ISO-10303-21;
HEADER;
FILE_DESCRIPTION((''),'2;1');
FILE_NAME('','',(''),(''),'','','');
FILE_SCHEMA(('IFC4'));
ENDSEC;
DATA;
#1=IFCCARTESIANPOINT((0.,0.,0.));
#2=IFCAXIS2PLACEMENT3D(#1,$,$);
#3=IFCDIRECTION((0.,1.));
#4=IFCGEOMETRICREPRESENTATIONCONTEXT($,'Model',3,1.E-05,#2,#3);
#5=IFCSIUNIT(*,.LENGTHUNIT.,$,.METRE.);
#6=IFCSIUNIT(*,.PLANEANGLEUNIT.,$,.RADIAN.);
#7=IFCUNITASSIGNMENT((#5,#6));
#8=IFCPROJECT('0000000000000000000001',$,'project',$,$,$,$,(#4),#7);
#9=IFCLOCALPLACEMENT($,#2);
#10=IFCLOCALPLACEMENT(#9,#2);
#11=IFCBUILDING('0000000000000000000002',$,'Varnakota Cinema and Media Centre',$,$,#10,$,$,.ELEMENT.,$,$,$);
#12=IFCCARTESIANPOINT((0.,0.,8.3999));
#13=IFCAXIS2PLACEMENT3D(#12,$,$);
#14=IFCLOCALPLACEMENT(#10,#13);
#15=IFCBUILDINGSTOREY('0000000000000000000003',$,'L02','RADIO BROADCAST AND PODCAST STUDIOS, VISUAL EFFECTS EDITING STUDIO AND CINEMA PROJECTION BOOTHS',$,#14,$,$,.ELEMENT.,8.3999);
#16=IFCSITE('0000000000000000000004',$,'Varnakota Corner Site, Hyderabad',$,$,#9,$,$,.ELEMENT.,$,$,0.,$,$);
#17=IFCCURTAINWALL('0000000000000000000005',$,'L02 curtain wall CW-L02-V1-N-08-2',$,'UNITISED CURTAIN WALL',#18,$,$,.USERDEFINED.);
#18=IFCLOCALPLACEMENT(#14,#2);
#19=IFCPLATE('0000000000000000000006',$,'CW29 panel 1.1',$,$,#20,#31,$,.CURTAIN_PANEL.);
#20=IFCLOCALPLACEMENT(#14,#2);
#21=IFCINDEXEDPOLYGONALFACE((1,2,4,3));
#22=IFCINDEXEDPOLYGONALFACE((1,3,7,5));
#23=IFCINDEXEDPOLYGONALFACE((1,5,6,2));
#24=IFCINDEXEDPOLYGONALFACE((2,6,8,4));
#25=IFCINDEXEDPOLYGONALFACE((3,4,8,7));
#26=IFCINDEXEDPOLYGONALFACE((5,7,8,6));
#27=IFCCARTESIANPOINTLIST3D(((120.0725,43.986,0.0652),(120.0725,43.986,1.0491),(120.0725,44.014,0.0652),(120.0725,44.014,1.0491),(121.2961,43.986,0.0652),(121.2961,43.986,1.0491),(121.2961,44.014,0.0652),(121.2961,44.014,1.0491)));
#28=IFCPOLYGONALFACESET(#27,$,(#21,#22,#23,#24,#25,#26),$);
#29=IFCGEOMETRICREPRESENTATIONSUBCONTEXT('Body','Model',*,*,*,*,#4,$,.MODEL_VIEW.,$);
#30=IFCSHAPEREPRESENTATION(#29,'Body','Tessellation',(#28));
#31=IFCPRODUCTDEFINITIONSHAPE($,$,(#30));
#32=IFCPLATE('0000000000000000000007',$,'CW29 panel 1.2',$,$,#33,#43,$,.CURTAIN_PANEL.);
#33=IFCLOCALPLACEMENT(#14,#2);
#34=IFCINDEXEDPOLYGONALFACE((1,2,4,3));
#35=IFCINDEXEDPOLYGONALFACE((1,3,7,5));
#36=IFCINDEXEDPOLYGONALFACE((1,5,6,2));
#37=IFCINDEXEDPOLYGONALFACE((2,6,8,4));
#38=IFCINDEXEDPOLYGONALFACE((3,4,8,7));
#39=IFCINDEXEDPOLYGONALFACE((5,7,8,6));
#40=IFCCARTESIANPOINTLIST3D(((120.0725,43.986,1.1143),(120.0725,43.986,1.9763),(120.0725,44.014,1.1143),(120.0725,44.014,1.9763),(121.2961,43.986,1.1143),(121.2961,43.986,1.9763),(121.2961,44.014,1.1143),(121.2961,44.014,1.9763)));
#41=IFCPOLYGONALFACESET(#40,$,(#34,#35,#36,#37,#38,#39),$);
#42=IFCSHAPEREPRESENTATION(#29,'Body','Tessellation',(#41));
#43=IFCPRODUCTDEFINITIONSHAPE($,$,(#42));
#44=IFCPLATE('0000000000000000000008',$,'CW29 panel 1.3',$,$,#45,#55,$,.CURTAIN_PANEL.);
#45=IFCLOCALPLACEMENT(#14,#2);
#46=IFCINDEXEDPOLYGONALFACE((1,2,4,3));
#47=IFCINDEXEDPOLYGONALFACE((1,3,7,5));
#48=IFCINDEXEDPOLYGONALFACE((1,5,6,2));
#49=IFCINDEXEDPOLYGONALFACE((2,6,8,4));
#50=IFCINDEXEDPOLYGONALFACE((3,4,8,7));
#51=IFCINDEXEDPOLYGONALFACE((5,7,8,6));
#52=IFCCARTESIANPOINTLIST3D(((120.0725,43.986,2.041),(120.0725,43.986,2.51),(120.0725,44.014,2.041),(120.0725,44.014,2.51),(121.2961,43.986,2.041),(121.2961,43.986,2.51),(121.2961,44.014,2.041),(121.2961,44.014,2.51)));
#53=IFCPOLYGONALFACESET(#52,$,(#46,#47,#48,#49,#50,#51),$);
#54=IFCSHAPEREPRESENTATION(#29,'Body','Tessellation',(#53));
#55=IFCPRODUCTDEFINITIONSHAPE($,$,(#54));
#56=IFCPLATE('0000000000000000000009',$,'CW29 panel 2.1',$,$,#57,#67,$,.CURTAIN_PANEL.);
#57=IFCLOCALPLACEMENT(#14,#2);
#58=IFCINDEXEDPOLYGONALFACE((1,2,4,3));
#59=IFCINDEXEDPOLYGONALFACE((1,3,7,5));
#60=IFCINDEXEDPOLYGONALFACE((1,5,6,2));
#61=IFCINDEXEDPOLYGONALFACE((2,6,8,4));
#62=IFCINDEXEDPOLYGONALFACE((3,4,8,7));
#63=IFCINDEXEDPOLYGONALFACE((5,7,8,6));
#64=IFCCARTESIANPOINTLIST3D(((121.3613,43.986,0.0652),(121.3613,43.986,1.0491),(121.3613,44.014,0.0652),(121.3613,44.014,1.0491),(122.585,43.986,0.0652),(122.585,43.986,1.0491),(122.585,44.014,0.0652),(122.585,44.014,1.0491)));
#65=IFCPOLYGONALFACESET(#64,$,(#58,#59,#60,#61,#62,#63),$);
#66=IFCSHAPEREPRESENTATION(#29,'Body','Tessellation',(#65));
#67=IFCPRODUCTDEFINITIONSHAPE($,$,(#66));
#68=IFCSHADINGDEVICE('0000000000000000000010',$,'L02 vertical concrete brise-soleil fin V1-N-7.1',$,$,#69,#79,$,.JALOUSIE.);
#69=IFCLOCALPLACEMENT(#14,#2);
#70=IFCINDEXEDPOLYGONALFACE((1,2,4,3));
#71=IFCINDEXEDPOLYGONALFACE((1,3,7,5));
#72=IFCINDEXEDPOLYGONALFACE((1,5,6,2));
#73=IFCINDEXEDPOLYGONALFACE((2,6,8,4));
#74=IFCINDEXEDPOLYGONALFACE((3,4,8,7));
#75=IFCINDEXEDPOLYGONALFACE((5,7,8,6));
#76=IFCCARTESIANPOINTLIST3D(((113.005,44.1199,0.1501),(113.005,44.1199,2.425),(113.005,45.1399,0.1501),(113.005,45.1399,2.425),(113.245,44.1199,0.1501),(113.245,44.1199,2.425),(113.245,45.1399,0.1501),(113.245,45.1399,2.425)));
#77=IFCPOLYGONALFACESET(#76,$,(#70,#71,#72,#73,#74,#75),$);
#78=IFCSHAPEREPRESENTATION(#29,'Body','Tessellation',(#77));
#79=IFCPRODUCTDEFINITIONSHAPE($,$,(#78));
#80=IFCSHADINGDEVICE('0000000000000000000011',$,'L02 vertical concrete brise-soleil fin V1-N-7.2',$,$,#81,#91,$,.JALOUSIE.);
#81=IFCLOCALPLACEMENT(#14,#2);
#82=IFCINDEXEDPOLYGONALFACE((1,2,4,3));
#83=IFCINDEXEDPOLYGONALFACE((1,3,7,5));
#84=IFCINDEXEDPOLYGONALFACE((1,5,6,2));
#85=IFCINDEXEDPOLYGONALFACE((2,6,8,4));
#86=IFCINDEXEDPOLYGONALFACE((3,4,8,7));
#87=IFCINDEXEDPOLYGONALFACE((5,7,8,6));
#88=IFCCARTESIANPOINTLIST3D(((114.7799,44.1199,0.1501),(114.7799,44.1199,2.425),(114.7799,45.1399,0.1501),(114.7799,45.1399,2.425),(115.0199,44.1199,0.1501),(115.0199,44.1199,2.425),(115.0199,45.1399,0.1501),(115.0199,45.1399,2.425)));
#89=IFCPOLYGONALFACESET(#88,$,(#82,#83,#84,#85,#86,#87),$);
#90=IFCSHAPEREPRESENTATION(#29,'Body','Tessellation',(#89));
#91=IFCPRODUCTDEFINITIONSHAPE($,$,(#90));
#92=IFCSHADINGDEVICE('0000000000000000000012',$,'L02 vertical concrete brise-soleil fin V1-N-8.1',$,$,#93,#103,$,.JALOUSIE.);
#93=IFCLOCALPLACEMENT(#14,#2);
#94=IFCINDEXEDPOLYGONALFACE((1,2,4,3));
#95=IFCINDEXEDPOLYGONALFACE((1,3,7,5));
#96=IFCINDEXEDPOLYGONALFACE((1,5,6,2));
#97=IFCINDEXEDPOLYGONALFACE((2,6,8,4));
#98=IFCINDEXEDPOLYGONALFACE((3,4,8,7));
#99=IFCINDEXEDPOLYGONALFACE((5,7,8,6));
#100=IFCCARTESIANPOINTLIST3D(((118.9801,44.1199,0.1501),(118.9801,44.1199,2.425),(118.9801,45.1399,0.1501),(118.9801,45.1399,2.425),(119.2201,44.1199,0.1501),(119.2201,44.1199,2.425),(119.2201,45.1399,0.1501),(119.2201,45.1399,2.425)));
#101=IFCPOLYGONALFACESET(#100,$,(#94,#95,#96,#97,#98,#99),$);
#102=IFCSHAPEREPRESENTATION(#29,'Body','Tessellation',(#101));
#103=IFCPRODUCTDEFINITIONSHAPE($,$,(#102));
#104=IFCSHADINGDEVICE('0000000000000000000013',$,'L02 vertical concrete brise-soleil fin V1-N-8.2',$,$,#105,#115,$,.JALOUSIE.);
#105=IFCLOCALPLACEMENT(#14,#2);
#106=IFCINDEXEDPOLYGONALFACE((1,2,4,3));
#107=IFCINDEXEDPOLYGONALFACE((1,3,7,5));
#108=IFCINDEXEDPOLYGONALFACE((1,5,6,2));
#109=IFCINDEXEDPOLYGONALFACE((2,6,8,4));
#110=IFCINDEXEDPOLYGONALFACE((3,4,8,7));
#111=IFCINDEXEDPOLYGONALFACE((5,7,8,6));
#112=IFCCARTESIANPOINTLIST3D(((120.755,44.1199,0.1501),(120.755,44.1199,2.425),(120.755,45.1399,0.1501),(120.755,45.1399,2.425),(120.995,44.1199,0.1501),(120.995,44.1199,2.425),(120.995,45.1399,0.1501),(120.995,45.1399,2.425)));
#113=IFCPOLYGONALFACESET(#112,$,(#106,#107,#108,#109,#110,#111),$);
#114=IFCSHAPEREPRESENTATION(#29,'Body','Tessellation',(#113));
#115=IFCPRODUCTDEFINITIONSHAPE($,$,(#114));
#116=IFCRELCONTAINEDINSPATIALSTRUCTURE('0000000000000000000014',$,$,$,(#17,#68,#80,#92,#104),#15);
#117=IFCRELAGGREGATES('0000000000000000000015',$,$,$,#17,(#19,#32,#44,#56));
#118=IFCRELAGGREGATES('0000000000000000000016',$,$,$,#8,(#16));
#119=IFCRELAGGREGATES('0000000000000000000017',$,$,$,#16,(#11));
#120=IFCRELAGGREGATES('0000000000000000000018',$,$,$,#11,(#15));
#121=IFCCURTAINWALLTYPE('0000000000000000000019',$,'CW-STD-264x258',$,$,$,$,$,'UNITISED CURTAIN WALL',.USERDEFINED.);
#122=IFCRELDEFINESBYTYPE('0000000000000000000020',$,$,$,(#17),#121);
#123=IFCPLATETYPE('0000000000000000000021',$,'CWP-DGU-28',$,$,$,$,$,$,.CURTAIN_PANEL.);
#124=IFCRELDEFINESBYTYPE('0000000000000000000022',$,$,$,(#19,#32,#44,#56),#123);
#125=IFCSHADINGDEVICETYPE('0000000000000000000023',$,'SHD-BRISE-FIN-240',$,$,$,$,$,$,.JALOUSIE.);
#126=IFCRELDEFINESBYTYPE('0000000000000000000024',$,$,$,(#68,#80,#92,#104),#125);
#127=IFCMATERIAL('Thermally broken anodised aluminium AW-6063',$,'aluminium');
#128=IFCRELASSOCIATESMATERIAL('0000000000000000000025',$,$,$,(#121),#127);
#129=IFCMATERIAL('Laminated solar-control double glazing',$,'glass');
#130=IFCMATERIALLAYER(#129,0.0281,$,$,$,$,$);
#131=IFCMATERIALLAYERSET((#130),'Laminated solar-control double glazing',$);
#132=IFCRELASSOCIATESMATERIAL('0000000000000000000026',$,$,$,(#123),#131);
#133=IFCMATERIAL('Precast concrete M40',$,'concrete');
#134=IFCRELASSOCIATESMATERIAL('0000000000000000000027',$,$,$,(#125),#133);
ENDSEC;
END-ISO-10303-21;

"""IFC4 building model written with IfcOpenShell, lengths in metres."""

from ifc_helpers import new_model, si_unit, direction, frame, origin, origin_2d, place, context, subcontext, project, spatial, rectangle, extrude, material, layer, layer_set, type_object, element, aggregate, save


model = new_model("IFC4")

# Units and contexts
model_context = context("Model", 3, precision=1e-05, world=origin(), true_north=direction((0.0, 1.0)))
body_context = subcontext(model_context, "Body", "Model", "MODEL_VIEW")
ifc_project = project(units=[si_unit("LENGTHUNIT", "METRE"), si_unit("PLANEANGLEUNIT", "RADIAN")], contexts=[model_context])

# Site, building, storey
site_placement = place(None, origin())
site = spatial("IfcSite", under=ifc_project, at=site_placement, Name="Varnakota Corner Site, Hyderabad", CompositionType="ELEMENT", RefElevation=0.0)
building_placement = place(site_placement, origin())
building = spatial("IfcBuilding", under=site, at=building_placement, Name="Varnakota Cinema and Media Centre", CompositionType="ELEMENT")
storey_placement = place(building_placement, frame((0.0, 0.0, 8.3999)))
storey = spatial("IfcBuildingStorey", under=building, at=storey_placement, Name="L02", Description="RADIO BROADCAST AND PODCAST STUDIOS, VISUAL EFFECTS EDITING STUDIO AND CINEMA PROJECTION BOOTHS", CompositionType="ELEMENT", Elevation=8.3999)

# Curtain wall
ifc_material_1 = material(Name="Thermally broken anodised aluminium AW-6063", Category="aluminium")
curtain_wall_type = type_object("IfcCurtainWallType", Name="CW-STD-264x258", ElementType="UNITISED CURTAIN WALL", PredefinedType="USERDEFINED", material=ifc_material_1)
curtain_wall_1_placement = place(storey_placement, origin())
curtain_wall_1 = element("IfcCurtainWall", 1, at=curtain_wall_1_placement, inside=storey, type_object=curtain_wall_type, Name="L02 curtain wall CW-L02-V1-N-08-2", ObjectType="UNITISED CURTAIN WALL", PredefinedType="USERDEFINED")

# Plates
ifc_material_2 = material(Name="Laminated solar-control double glazing", Category="glass")
ifc_layer = layer(ifc_material_2, 0.0281)
ifc_layer_set = layer_set([ifc_layer], Name="Laminated solar-control double glazing")
plate_type = type_object("IfcPlateType", Name="CWP-DGU-28", PredefinedType="CURTAIN_PANEL", material=ifc_layer_set)
plate_1_placement = place(storey_placement, frame((120.6843, 44.0, 0.0652), z_axis=(0.0, 0.0, 1.0), x_axis=(1.0, 0.0, 0.0)))
plate_1 = element("IfcPlate", 2, at=plate_1_placement, type_object=plate_type, Name="CW29 panel 1.1", PredefinedType="CURTAIN_PANEL", context=body_context, shape_type="SweptSolid", body=[
    extrude(rectangle(XDim=1.2236, YDim=0.0281, at=origin_2d()), origin(), (0.0, 0.0, 1.0), 0.9839),
])
plate_2_placement = place(storey_placement, frame((120.6843, 44.0, 1.1143), z_axis=(0.0, 0.0, 1.0), x_axis=(1.0, 0.0, 0.0)))
plate_2 = element("IfcPlate", 3, at=plate_2_placement, type_object=plate_type, Name="CW29 panel 1.2", PredefinedType="CURTAIN_PANEL", context=body_context, shape_type="SweptSolid", body=[
    extrude(rectangle(XDim=1.2236, YDim=0.0281, at=origin_2d()), origin(), (0.0, 0.0, 1.0), 0.8621),
])
plate_3_placement = place(storey_placement, frame((120.6843, 44.0, 2.041), z_axis=(0.0, 0.0, 1.0), x_axis=(1.0, 0.0, 0.0)))
plate_3 = element("IfcPlate", 4, at=plate_3_placement, type_object=plate_type, Name="CW29 panel 1.3", PredefinedType="CURTAIN_PANEL", context=body_context, shape_type="SweptSolid", body=[
    extrude(rectangle(XDim=1.2236, YDim=0.0281, at=origin_2d()), origin(), (0.0, 0.0, 1.0), 0.469),
])
plate_4_placement = place(storey_placement, frame((121.9731, 44.0, 0.0652), z_axis=(0.0, 0.0, 1.0), x_axis=(1.0, 0.0, 0.0)))
plate_4 = element("IfcPlate", 5, at=plate_4_placement, type_object=plate_type, Name="CW29 panel 2.1", PredefinedType="CURTAIN_PANEL", context=body_context, shape_type="SweptSolid", body=[
    extrude(rectangle(XDim=1.2236, YDim=0.0281, at=origin_2d()), origin(), (0.0, 0.0, 1.0), 0.9839),
])
aggregate(curtain_wall_1, [plate_1, plate_2, plate_3, plate_4])

# Shading devices
ifc_material_3 = material(Name="Precast concrete M40", Category="concrete")
shading_device_type = type_object("IfcShadingDeviceType", Name="SHD-BRISE-FIN-240", PredefinedType="JALOUSIE", material=ifc_material_3)
for number, where, z_axis, x_axis, name in (
    (6, (113.125, 44.6299, 0.1501), (0.0, 0.0, 1.0), (1.0, 0.0, 0.0), "L02 vertical concrete brise-soleil fin V1-N-7.1"),
    (7, (114.8999, 44.6299, 0.1501), (0.0, 0.0, 1.0), (1.0, 0.0, 0.0), "L02 vertical concrete brise-soleil fin V1-N-7.2"),
    (8, (119.1001, 44.6299, 0.1501), (0.0, 0.0, 1.0), (1.0, 0.0, 0.0), "L02 vertical concrete brise-soleil fin V1-N-8.1"),
    (9, (120.875, 44.6299, 0.1501), (0.0, 0.0, 1.0), (1.0, 0.0, 0.0), "L02 vertical concrete brise-soleil fin V1-N-8.2"),
):
    element("IfcShadingDevice", number, at=place(storey_placement, frame(where, z_axis=z_axis, x_axis=x_axis)), inside=storey, type_object=shading_device_type, Name=name, PredefinedType="JALOUSIE", context=body_context, shape_type="SweptSolid", body=[
        extrude(rectangle(XDim=0.24, YDim=1.02, at=origin_2d()), origin(), (0.0, 0.0, 1.0), 2.2749),
    ])

save(model, "model.ifc")
